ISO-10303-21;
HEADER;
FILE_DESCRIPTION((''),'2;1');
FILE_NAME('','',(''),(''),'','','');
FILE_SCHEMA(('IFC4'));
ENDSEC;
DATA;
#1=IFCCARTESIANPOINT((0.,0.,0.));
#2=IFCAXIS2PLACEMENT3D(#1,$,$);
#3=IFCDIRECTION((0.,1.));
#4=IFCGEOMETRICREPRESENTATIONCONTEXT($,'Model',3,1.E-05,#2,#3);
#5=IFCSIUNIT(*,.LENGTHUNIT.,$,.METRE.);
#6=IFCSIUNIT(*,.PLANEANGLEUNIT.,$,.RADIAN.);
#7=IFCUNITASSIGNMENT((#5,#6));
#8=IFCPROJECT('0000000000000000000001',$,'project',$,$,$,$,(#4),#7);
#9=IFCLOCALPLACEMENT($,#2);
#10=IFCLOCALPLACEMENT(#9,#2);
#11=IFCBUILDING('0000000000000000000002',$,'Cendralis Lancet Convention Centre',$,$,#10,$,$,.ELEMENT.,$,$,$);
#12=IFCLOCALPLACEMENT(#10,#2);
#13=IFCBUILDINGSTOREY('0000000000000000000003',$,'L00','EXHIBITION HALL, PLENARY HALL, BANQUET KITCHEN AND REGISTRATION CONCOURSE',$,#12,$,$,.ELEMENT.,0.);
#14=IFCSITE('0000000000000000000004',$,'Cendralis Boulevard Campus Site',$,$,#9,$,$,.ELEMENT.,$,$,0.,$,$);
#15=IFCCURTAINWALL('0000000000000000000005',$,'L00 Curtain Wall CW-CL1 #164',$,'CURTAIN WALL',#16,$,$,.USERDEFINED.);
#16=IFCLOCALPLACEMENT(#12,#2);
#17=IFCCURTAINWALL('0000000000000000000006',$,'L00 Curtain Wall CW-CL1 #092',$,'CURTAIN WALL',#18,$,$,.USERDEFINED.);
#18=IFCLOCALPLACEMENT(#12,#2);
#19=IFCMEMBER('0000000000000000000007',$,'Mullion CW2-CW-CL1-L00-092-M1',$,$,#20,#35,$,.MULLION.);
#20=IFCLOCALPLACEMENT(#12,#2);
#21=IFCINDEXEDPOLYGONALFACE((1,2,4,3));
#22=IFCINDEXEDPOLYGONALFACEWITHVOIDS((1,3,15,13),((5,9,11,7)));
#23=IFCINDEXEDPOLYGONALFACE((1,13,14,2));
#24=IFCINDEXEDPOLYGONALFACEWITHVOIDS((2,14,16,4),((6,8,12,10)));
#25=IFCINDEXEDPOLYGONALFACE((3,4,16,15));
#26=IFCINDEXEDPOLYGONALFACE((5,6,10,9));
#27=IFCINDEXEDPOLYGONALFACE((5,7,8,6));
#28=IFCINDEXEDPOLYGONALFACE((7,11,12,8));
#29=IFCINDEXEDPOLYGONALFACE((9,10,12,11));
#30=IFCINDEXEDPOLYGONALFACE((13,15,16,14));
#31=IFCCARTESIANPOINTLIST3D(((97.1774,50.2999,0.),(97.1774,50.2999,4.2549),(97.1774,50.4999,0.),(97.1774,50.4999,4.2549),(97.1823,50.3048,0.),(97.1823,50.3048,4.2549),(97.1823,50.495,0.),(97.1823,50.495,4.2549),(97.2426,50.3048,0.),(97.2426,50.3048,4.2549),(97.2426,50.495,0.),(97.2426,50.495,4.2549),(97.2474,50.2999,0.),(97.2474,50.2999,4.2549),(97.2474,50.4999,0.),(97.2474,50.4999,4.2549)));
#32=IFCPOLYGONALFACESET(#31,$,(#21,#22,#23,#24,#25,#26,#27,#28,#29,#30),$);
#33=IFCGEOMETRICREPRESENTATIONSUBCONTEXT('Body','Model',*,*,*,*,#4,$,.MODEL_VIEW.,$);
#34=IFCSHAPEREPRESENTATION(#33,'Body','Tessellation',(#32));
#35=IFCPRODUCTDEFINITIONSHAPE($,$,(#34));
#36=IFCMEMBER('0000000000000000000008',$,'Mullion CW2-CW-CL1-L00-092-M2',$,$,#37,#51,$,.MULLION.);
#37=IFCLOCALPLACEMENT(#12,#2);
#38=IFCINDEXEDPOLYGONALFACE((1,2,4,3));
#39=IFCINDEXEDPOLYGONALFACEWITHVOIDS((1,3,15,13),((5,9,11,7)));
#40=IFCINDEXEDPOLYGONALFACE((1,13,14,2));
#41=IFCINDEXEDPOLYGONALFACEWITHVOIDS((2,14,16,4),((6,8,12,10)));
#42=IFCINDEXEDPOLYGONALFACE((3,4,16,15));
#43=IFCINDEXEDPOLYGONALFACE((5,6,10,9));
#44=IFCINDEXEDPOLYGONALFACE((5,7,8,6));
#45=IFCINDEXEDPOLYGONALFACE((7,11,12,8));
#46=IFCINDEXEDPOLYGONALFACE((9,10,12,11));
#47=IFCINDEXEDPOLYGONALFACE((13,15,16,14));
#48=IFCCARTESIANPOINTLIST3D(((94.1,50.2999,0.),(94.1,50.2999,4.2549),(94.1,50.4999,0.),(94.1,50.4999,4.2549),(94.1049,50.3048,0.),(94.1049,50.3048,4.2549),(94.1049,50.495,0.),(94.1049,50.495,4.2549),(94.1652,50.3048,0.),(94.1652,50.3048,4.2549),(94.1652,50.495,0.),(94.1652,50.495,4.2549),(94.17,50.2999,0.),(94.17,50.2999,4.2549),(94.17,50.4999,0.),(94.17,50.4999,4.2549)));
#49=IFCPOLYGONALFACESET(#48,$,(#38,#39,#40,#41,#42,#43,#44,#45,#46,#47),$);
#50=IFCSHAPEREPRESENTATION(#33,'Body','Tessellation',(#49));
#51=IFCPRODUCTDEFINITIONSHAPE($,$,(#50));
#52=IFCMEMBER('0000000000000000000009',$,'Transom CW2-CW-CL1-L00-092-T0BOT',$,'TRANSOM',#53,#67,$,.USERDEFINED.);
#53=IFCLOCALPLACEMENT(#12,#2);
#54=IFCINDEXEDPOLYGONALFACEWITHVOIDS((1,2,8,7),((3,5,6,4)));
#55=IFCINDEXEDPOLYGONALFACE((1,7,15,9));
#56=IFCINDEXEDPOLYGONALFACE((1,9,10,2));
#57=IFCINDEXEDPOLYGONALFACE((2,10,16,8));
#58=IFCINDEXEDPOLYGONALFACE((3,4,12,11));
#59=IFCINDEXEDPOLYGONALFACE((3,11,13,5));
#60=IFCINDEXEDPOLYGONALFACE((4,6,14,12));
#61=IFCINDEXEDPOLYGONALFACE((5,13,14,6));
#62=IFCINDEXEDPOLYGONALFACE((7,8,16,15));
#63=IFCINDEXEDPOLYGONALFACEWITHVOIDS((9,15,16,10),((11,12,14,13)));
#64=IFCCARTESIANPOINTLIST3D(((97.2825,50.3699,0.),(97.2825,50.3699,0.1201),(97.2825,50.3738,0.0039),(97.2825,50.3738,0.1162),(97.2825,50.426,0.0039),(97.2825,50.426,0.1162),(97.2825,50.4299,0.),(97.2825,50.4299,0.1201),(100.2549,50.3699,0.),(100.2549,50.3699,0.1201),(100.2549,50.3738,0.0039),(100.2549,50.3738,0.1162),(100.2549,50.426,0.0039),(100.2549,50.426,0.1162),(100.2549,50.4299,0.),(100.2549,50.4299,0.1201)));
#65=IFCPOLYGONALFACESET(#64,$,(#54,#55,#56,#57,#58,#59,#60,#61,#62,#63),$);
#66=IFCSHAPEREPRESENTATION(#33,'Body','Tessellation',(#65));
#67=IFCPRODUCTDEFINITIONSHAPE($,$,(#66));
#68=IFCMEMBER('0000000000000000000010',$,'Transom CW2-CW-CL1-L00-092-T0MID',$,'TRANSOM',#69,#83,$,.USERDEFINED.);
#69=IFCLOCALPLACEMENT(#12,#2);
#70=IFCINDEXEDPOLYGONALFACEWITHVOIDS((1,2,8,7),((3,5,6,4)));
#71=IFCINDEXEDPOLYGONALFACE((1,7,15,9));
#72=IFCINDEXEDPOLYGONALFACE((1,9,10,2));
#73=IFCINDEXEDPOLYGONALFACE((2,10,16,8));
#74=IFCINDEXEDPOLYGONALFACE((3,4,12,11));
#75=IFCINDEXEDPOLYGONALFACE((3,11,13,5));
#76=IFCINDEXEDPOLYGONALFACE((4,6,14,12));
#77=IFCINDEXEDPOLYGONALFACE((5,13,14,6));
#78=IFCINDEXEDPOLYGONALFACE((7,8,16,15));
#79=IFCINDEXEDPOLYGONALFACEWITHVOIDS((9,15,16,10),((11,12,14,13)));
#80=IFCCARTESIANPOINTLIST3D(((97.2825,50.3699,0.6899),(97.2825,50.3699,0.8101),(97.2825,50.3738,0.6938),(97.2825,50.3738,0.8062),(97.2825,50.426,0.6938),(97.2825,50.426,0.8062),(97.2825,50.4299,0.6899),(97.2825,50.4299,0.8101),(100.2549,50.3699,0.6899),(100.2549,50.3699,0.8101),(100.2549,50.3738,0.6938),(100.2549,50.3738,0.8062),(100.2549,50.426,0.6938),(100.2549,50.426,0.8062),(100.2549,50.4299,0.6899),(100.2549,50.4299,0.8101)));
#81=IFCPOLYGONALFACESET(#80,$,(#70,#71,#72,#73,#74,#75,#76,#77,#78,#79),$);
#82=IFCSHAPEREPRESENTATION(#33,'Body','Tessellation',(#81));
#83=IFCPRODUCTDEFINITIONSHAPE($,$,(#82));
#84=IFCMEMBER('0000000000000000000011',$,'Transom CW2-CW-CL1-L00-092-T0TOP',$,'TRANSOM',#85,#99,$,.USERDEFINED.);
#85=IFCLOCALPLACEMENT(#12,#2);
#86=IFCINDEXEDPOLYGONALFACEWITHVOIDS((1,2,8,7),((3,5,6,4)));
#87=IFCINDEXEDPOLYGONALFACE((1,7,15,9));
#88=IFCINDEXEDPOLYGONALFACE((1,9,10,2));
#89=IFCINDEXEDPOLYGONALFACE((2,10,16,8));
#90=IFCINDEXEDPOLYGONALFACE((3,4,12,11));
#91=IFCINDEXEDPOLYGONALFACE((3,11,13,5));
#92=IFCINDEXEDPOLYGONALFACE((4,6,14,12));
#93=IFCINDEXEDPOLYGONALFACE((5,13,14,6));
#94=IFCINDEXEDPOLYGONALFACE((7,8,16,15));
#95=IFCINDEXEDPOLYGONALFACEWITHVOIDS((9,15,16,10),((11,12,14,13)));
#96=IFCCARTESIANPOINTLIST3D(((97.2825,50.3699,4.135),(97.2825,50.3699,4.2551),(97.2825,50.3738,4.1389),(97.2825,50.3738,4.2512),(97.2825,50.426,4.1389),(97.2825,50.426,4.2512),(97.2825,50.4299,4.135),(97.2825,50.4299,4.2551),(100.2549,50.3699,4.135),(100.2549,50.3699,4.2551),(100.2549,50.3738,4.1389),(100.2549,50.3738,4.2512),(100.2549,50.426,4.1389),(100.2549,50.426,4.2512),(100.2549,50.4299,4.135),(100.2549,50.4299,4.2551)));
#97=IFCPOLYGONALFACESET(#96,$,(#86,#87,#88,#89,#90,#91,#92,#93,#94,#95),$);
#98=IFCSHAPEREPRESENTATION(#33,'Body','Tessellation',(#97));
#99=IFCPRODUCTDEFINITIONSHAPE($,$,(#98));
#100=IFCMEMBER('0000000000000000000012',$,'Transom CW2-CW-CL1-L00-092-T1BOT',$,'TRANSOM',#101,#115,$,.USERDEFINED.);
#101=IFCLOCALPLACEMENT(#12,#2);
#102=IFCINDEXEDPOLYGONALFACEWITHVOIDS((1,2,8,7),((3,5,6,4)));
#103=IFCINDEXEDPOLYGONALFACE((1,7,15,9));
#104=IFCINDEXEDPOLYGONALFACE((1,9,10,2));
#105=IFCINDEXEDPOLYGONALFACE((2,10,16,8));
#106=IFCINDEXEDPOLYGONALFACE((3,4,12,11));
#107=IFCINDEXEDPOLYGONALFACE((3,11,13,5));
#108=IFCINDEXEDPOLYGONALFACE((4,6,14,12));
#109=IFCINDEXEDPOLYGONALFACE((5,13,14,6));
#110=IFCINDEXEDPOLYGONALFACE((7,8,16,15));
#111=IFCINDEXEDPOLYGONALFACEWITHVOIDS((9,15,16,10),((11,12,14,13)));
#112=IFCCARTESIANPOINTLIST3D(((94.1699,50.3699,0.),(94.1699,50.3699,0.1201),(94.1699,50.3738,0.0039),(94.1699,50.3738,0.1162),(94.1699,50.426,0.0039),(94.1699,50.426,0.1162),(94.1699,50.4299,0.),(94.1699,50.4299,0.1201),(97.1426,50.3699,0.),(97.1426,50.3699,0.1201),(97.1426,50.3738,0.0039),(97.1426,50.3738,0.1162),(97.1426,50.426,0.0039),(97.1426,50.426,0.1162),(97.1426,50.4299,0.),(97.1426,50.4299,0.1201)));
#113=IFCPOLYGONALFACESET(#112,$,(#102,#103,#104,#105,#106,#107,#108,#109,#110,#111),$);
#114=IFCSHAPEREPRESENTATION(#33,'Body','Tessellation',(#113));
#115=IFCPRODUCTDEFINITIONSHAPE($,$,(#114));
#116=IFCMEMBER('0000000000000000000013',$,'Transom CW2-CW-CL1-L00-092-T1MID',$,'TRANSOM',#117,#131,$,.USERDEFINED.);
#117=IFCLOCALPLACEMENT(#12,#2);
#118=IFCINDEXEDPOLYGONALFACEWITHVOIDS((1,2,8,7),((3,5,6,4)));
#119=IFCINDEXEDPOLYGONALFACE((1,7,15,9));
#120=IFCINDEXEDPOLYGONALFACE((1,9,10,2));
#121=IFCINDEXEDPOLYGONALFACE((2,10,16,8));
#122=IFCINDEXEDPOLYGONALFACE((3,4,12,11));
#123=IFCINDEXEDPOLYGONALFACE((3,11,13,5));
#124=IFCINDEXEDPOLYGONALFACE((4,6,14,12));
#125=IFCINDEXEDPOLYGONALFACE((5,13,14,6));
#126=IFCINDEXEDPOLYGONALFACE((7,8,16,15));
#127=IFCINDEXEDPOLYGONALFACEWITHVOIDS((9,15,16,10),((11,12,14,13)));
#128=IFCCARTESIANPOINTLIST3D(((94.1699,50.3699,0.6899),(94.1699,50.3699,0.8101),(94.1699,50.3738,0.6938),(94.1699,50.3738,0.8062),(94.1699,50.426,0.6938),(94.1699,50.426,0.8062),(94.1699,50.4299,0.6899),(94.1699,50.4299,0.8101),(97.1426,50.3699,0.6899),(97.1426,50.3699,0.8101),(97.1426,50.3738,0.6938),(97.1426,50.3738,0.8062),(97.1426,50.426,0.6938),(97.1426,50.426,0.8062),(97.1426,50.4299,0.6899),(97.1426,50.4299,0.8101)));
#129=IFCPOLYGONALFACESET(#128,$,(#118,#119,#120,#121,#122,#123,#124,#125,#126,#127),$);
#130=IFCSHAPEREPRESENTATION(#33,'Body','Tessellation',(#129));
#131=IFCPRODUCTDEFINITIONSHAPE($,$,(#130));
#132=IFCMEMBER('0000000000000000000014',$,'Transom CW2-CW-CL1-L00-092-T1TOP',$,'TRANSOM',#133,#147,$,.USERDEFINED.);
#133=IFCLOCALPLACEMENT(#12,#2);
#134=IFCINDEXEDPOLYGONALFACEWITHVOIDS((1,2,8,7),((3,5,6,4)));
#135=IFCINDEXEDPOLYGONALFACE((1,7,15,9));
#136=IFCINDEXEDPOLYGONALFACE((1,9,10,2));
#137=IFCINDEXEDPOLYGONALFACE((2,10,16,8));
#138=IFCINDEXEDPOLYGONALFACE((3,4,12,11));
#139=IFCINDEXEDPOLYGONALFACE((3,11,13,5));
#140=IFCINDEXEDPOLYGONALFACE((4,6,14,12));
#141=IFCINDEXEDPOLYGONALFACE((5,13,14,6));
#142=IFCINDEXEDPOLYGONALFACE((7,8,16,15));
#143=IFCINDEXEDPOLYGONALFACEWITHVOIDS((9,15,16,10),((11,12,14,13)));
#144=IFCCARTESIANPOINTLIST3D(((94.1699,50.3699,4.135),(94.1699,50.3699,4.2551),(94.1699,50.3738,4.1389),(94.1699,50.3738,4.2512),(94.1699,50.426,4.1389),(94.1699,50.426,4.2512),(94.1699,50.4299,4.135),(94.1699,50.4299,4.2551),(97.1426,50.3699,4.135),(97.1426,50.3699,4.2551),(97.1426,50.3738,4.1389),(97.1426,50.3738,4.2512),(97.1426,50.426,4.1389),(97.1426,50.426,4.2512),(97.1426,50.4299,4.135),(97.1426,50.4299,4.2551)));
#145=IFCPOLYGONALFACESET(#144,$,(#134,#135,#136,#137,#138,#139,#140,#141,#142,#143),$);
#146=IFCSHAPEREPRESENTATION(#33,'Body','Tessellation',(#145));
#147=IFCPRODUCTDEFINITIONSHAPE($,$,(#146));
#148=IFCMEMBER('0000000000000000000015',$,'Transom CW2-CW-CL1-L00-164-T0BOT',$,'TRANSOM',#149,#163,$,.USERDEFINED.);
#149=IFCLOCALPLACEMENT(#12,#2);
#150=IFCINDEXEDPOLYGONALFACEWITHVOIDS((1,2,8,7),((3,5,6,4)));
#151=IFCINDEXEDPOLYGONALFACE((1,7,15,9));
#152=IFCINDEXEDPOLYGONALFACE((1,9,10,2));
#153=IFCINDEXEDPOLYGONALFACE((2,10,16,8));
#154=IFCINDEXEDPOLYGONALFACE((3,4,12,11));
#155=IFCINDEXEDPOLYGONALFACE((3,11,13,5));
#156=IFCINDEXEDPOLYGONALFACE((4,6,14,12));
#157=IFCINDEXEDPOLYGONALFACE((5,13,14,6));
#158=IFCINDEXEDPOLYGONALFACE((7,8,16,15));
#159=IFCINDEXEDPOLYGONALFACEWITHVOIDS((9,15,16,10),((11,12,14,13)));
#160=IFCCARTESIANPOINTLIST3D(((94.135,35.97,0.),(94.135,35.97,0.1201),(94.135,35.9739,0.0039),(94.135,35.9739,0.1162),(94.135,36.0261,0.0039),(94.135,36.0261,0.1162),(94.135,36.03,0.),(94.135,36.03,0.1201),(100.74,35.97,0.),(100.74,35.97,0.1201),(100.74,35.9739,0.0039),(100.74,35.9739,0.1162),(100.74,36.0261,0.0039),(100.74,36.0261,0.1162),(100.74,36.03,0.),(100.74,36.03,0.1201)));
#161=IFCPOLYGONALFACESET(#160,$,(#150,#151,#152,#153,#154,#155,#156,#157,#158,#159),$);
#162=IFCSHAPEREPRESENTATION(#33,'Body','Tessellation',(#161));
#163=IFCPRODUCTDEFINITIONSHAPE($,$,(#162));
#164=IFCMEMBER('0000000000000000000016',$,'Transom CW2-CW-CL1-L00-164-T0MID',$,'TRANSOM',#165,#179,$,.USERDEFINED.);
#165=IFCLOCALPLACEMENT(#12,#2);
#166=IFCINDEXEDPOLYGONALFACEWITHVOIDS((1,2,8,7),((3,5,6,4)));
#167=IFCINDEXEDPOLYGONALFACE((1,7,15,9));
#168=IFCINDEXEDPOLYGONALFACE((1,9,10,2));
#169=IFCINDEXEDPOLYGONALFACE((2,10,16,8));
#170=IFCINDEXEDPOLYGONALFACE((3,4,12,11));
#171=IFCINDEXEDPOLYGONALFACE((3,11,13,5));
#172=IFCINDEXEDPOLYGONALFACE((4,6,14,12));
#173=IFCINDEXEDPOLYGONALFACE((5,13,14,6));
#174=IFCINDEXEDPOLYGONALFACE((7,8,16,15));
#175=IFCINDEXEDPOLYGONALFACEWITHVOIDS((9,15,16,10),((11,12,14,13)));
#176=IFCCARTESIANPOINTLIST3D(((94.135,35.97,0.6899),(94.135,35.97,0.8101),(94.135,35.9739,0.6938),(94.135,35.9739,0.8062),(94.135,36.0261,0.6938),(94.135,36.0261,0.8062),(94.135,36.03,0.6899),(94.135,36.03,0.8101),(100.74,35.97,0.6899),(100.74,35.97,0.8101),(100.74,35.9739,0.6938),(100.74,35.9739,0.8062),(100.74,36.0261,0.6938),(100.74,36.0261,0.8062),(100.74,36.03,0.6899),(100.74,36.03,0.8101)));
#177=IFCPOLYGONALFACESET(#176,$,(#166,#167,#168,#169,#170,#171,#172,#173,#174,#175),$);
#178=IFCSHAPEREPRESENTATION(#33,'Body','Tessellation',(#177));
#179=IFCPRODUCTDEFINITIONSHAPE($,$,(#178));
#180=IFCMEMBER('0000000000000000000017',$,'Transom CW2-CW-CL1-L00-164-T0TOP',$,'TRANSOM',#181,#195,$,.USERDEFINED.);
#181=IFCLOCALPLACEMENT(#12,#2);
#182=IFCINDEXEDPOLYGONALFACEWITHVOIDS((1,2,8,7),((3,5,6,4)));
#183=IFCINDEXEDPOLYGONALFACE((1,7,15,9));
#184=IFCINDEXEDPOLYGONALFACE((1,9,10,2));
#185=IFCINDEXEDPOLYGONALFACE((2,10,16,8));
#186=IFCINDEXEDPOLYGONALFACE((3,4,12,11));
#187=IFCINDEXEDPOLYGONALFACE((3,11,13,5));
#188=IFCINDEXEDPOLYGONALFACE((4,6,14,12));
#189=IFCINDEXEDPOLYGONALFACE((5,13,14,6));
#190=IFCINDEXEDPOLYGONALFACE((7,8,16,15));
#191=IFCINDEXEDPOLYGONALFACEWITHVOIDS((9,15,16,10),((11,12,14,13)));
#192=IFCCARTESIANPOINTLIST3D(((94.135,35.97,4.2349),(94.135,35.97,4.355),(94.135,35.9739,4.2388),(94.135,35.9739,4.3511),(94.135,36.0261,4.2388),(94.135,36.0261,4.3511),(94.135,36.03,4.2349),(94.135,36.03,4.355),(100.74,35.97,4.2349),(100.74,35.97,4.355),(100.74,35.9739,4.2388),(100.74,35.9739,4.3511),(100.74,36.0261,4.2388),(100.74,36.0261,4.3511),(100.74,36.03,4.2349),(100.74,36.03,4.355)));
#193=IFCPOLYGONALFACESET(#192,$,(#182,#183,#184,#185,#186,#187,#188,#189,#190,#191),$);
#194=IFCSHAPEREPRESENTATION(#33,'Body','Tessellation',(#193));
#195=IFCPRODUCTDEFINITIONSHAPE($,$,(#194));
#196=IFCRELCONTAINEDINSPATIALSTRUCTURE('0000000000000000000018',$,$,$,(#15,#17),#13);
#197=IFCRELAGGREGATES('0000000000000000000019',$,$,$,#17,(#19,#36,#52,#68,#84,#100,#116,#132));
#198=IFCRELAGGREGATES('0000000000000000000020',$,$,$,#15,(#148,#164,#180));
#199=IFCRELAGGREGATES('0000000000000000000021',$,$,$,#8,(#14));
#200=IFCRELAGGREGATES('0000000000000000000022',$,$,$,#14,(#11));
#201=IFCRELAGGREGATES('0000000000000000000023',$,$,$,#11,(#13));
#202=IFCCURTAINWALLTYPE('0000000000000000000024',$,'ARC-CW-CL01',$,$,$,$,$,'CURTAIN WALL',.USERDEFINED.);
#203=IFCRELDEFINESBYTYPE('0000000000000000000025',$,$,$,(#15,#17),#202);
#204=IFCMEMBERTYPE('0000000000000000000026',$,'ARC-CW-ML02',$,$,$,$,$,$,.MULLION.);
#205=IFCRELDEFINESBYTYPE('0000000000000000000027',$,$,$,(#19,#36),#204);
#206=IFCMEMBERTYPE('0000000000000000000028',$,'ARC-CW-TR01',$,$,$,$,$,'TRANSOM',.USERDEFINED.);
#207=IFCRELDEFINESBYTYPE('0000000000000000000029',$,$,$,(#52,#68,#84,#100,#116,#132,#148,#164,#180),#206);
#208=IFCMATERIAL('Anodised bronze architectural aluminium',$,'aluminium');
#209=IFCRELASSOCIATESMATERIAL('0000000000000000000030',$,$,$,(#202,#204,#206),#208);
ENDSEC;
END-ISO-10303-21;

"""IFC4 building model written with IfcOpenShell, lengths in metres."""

from ifc_helpers import new_model, si_unit, direction, frame, origin, origin_2d, place, context, subcontext, project, spatial, hollow_rectangle, extrude, material, material_profile, profile_set, type_object, element, aggregate, save


model = new_model("IFC4")

# Units and contexts
model_context = context("Model", 3, precision=1e-05, world=origin(), true_north=direction((0.0, 1.0)))
body_context = subcontext(model_context, "Body", "Model", "MODEL_VIEW")
ifc_project = project(units=[si_unit("LENGTHUNIT", "METRE"), si_unit("PLANEANGLEUNIT", "RADIAN")], contexts=[model_context])

# Site, building, storey
site_placement = place(None, origin())
site = spatial("IfcSite", under=ifc_project, at=site_placement, Name="Cendralis Boulevard Campus Site", CompositionType="ELEMENT", RefElevation=0.0)
building_placement = place(site_placement, origin())
building = spatial("IfcBuilding", under=site, at=building_placement, Name="Cendralis Lancet Convention Centre", CompositionType="ELEMENT")
storey_placement = place(building_placement, origin())
storey = spatial("IfcBuildingStorey", under=building, at=storey_placement, Name="L00", Description="EXHIBITION HALL, PLENARY HALL, BANQUET KITCHEN AND REGISTRATION CONCOURSE", CompositionType="ELEMENT", Elevation=0.0)

# Curtain wall
ifc_material_1 = material(Name="Anodised bronze architectural aluminium", Category="aluminium")
curtain_wall_type = type_object("IfcCurtainWallType", Name="ARC-CW-CL01", ElementType="CURTAIN WALL", PredefinedType="USERDEFINED", material=ifc_material_1)
curtain_wall_1_placement = place(storey_placement, origin())
curtain_wall_1 = element("IfcCurtainWall", 1, at=curtain_wall_1_placement, inside=storey, type_object=curtain_wall_type, Name="L00 Curtain Wall CW-CL1 #164", ObjectType="CURTAIN WALL", PredefinedType="USERDEFINED")

# Curtain wall, members
curtain_wall_2_placement = place(storey_placement, origin())
curtain_wall_2 = element("IfcCurtainWall", 2, at=curtain_wall_2_placement, inside=storey, type_object=curtain_wall_type, Name="L00 Curtain Wall CW-CL1 #092", ObjectType="CURTAIN WALL", PredefinedType="USERDEFINED")
ifc_material_profile_1 = material_profile(ifc_material_1, hollow_rectangle(XDim=0.0701, YDim=0.2, WallThickness=0.0049, at=origin_2d()), Name="AL-MULL 70x200x5.0")
ifc_profile_set_1 = profile_set([ifc_material_profile_1], Name="Anodised bronze architectural aluminium")
member_type_1 = type_object("IfcMemberType", Name="ARC-CW-ML02", PredefinedType="MULLION", material=ifc_profile_set_1)
member_1_placement = place(storey_placement, frame((97.2124, 50.3999, 0.0), z_axis=(0.0, 0.0, 1.0), x_axis=(1.0, 0.0, 0.0)))
member_1 = element("IfcMember", 3, at=member_1_placement, type_object=member_type_1, Name="Mullion CW2-CW-CL1-L00-092-M1", PredefinedType="MULLION", context=body_context, shape_type="SweptSolid", body=[
    extrude(hollow_rectangle(XDim=0.0701, YDim=0.2, WallThickness=0.0049, at=origin_2d()), origin(), (0.0, 0.0, 1.0), 4.2549),
])
member_2_placement = place(storey_placement, frame((94.135, 50.3999, 0.0), z_axis=(0.0, 0.0, 1.0), x_axis=(1.0, 0.0, 0.0)))
member_2 = element("IfcMember", 4, at=member_2_placement, type_object=member_type_1, Name="Mullion CW2-CW-CL1-L00-092-M2", PredefinedType="MULLION", context=body_context, shape_type="SweptSolid", body=[
    extrude(hollow_rectangle(XDim=0.0701, YDim=0.2, WallThickness=0.0049, at=origin_2d()), origin(), (0.0, 0.0, 1.0), 4.2549),
])
ifc_material_profile_2 = material_profile(ifc_material_1, hollow_rectangle(XDim=0.0601, YDim=0.1201, WallThickness=0.0039, at=origin_2d()), Name="AL-TRAN 60x120x4.0")
ifc_profile_set_2 = profile_set([ifc_material_profile_2], Name="Anodised bronze architectural aluminium")
member_type_2 = type_object("IfcMemberType", Name="ARC-CW-TR01", ElementType="TRANSOM", PredefinedType="USERDEFINED", material=ifc_profile_set_2)
member_3_placement = place(storey_placement, frame((100.2549, 50.3999, 0.0601), z_axis=(-1.0, 0.0, 0.0), x_axis=(0.0, -1.0, 0.0)))
member_3 = element("IfcMember", 5, at=member_3_placement, type_object=member_type_2, Name="Transom CW2-CW-CL1-L00-092-T0BOT", ObjectType="TRANSOM", PredefinedType="USERDEFINED", context=body_context, shape_type="SweptSolid", body=[
    extrude(hollow_rectangle(XDim=0.0601, YDim=0.1201, WallThickness=0.0039, at=origin_2d()), origin(), (0.0, 0.0, 1.0), 2.9724),
])
member_4_placement = place(storey_placement, frame((100.2549, 50.3999, 0.75), z_axis=(-1.0, 0.0, 0.0), x_axis=(0.0, -1.0, 0.0)))
member_4 = element("IfcMember", 6, at=member_4_placement, type_object=member_type_2, Name="Transom CW2-CW-CL1-L00-092-T0MID", ObjectType="TRANSOM", PredefinedType="USERDEFINED", context=body_context, shape_type="SweptSolid", body=[
    extrude(hollow_rectangle(XDim=0.0601, YDim=0.1201, WallThickness=0.0039, at=origin_2d()), origin(), (0.0, 0.0, 1.0), 2.9724),
])
member_5_placement = place(storey_placement, frame((100.2549, 50.3999, 4.1951), z_axis=(-1.0, 0.0, 0.0), x_axis=(0.0, -1.0, 0.0)))
member_5 = element("IfcMember", 7, at=member_5_placement, type_object=member_type_2, Name="Transom CW2-CW-CL1-L00-092-T0TOP", ObjectType="TRANSOM", PredefinedType="USERDEFINED", context=body_context, shape_type="SweptSolid", body=[
    extrude(hollow_rectangle(XDim=0.0601, YDim=0.1201, WallThickness=0.0039, at=origin_2d()), origin(), (0.0, 0.0, 1.0), 2.9724),
])
member_6_placement = place(storey_placement, frame((97.1426, 50.3999, 0.0601), z_axis=(-1.0, 0.0, 0.0), x_axis=(0.0, -1.0, 0.0)))
member_6 = element("IfcMember", 8, at=member_6_placement, type_object=member_type_2, Name="Transom CW2-CW-CL1-L00-092-T1BOT", ObjectType="TRANSOM", PredefinedType="USERDEFINED", context=body_context, shape_type="SweptSolid", body=[
    extrude(hollow_rectangle(XDim=0.0601, YDim=0.1201, WallThickness=0.0039, at=origin_2d()), origin(), (0.0, 0.0, 1.0), 2.9727),
])
member_7_placement = place(storey_placement, frame((97.1426, 50.3999, 0.75), z_axis=(-1.0, 0.0, 0.0), x_axis=(0.0, -1.0, 0.0)))
member_7 = element("IfcMember", 9, at=member_7_placement, type_object=member_type_2, Name="Transom CW2-CW-CL1-L00-092-T1MID", ObjectType="TRANSOM", PredefinedType="USERDEFINED", context=body_context, shape_type="SweptSolid", body=[
    extrude(hollow_rectangle(XDim=0.0601, YDim=0.1201, WallThickness=0.0039, at=origin_2d()), origin(), (0.0, 0.0, 1.0), 2.9727),
])
member_8_placement = place(storey_placement, frame((97.1426, 50.3999, 4.1951), z_axis=(-1.0, 0.0, 0.0), x_axis=(0.0, -1.0, 0.0)))
member_8 = element("IfcMember", 10, at=member_8_placement, type_object=member_type_2, Name="Transom CW2-CW-CL1-L00-092-T1TOP", ObjectType="TRANSOM", PredefinedType="USERDEFINED", context=body_context, shape_type="SweptSolid", body=[
    extrude(hollow_rectangle(XDim=0.0601, YDim=0.1201, WallThickness=0.0039, at=origin_2d()), origin(), (0.0, 0.0, 1.0), 2.9727),
])

# Members
member_9_placement = place(storey_placement, frame((94.135, 36.0, 0.0601), z_axis=(1.0, 0.0, 0.0), x_axis=(0.0, 1.0, 0.0)))
member_9 = element("IfcMember", 11, at=member_9_placement, type_object=member_type_2, Name="Transom CW2-CW-CL1-L00-164-T0BOT", ObjectType="TRANSOM", PredefinedType="USERDEFINED", context=body_context, shape_type="SweptSolid", body=[
    extrude(hollow_rectangle(XDim=0.0601, YDim=0.1201, WallThickness=0.0039, at=origin_2d()), origin(), (0.0, 0.0, 1.0), 6.605),
])
member_10_placement = place(storey_placement, frame((94.135, 36.0, 0.75), z_axis=(1.0, 0.0, 0.0), x_axis=(0.0, 1.0, 0.0)))
member_10 = element("IfcMember", 12, at=member_10_placement, type_object=member_type_2, Name="Transom CW2-CW-CL1-L00-164-T0MID", ObjectType="TRANSOM", PredefinedType="USERDEFINED", context=body_context, shape_type="SweptSolid", body=[
    extrude(hollow_rectangle(XDim=0.0601, YDim=0.1201, WallThickness=0.0039, at=origin_2d()), origin(), (0.0, 0.0, 1.0), 6.605),
])
member_11_placement = place(storey_placement, frame((94.135, 36.0, 4.2949), z_axis=(1.0, 0.0, 0.0), x_axis=(0.0, 1.0, 0.0)))
member_11 = element("IfcMember", 13, at=member_11_placement, type_object=member_type_2, Name="Transom CW2-CW-CL1-L00-164-T0TOP", ObjectType="TRANSOM", PredefinedType="USERDEFINED", context=body_context, shape_type="SweptSolid", body=[
    extrude(hollow_rectangle(XDim=0.0601, YDim=0.1201, WallThickness=0.0039, at=origin_2d()), origin(), (0.0, 0.0, 1.0), 6.605),
])

aggregate(curtain_wall_2, [member_1, member_2, member_3, member_4, member_5, member_6, member_7, member_8])
aggregate(curtain_wall_1, [member_9, member_10, member_11])

save(model, "model.ifc")
